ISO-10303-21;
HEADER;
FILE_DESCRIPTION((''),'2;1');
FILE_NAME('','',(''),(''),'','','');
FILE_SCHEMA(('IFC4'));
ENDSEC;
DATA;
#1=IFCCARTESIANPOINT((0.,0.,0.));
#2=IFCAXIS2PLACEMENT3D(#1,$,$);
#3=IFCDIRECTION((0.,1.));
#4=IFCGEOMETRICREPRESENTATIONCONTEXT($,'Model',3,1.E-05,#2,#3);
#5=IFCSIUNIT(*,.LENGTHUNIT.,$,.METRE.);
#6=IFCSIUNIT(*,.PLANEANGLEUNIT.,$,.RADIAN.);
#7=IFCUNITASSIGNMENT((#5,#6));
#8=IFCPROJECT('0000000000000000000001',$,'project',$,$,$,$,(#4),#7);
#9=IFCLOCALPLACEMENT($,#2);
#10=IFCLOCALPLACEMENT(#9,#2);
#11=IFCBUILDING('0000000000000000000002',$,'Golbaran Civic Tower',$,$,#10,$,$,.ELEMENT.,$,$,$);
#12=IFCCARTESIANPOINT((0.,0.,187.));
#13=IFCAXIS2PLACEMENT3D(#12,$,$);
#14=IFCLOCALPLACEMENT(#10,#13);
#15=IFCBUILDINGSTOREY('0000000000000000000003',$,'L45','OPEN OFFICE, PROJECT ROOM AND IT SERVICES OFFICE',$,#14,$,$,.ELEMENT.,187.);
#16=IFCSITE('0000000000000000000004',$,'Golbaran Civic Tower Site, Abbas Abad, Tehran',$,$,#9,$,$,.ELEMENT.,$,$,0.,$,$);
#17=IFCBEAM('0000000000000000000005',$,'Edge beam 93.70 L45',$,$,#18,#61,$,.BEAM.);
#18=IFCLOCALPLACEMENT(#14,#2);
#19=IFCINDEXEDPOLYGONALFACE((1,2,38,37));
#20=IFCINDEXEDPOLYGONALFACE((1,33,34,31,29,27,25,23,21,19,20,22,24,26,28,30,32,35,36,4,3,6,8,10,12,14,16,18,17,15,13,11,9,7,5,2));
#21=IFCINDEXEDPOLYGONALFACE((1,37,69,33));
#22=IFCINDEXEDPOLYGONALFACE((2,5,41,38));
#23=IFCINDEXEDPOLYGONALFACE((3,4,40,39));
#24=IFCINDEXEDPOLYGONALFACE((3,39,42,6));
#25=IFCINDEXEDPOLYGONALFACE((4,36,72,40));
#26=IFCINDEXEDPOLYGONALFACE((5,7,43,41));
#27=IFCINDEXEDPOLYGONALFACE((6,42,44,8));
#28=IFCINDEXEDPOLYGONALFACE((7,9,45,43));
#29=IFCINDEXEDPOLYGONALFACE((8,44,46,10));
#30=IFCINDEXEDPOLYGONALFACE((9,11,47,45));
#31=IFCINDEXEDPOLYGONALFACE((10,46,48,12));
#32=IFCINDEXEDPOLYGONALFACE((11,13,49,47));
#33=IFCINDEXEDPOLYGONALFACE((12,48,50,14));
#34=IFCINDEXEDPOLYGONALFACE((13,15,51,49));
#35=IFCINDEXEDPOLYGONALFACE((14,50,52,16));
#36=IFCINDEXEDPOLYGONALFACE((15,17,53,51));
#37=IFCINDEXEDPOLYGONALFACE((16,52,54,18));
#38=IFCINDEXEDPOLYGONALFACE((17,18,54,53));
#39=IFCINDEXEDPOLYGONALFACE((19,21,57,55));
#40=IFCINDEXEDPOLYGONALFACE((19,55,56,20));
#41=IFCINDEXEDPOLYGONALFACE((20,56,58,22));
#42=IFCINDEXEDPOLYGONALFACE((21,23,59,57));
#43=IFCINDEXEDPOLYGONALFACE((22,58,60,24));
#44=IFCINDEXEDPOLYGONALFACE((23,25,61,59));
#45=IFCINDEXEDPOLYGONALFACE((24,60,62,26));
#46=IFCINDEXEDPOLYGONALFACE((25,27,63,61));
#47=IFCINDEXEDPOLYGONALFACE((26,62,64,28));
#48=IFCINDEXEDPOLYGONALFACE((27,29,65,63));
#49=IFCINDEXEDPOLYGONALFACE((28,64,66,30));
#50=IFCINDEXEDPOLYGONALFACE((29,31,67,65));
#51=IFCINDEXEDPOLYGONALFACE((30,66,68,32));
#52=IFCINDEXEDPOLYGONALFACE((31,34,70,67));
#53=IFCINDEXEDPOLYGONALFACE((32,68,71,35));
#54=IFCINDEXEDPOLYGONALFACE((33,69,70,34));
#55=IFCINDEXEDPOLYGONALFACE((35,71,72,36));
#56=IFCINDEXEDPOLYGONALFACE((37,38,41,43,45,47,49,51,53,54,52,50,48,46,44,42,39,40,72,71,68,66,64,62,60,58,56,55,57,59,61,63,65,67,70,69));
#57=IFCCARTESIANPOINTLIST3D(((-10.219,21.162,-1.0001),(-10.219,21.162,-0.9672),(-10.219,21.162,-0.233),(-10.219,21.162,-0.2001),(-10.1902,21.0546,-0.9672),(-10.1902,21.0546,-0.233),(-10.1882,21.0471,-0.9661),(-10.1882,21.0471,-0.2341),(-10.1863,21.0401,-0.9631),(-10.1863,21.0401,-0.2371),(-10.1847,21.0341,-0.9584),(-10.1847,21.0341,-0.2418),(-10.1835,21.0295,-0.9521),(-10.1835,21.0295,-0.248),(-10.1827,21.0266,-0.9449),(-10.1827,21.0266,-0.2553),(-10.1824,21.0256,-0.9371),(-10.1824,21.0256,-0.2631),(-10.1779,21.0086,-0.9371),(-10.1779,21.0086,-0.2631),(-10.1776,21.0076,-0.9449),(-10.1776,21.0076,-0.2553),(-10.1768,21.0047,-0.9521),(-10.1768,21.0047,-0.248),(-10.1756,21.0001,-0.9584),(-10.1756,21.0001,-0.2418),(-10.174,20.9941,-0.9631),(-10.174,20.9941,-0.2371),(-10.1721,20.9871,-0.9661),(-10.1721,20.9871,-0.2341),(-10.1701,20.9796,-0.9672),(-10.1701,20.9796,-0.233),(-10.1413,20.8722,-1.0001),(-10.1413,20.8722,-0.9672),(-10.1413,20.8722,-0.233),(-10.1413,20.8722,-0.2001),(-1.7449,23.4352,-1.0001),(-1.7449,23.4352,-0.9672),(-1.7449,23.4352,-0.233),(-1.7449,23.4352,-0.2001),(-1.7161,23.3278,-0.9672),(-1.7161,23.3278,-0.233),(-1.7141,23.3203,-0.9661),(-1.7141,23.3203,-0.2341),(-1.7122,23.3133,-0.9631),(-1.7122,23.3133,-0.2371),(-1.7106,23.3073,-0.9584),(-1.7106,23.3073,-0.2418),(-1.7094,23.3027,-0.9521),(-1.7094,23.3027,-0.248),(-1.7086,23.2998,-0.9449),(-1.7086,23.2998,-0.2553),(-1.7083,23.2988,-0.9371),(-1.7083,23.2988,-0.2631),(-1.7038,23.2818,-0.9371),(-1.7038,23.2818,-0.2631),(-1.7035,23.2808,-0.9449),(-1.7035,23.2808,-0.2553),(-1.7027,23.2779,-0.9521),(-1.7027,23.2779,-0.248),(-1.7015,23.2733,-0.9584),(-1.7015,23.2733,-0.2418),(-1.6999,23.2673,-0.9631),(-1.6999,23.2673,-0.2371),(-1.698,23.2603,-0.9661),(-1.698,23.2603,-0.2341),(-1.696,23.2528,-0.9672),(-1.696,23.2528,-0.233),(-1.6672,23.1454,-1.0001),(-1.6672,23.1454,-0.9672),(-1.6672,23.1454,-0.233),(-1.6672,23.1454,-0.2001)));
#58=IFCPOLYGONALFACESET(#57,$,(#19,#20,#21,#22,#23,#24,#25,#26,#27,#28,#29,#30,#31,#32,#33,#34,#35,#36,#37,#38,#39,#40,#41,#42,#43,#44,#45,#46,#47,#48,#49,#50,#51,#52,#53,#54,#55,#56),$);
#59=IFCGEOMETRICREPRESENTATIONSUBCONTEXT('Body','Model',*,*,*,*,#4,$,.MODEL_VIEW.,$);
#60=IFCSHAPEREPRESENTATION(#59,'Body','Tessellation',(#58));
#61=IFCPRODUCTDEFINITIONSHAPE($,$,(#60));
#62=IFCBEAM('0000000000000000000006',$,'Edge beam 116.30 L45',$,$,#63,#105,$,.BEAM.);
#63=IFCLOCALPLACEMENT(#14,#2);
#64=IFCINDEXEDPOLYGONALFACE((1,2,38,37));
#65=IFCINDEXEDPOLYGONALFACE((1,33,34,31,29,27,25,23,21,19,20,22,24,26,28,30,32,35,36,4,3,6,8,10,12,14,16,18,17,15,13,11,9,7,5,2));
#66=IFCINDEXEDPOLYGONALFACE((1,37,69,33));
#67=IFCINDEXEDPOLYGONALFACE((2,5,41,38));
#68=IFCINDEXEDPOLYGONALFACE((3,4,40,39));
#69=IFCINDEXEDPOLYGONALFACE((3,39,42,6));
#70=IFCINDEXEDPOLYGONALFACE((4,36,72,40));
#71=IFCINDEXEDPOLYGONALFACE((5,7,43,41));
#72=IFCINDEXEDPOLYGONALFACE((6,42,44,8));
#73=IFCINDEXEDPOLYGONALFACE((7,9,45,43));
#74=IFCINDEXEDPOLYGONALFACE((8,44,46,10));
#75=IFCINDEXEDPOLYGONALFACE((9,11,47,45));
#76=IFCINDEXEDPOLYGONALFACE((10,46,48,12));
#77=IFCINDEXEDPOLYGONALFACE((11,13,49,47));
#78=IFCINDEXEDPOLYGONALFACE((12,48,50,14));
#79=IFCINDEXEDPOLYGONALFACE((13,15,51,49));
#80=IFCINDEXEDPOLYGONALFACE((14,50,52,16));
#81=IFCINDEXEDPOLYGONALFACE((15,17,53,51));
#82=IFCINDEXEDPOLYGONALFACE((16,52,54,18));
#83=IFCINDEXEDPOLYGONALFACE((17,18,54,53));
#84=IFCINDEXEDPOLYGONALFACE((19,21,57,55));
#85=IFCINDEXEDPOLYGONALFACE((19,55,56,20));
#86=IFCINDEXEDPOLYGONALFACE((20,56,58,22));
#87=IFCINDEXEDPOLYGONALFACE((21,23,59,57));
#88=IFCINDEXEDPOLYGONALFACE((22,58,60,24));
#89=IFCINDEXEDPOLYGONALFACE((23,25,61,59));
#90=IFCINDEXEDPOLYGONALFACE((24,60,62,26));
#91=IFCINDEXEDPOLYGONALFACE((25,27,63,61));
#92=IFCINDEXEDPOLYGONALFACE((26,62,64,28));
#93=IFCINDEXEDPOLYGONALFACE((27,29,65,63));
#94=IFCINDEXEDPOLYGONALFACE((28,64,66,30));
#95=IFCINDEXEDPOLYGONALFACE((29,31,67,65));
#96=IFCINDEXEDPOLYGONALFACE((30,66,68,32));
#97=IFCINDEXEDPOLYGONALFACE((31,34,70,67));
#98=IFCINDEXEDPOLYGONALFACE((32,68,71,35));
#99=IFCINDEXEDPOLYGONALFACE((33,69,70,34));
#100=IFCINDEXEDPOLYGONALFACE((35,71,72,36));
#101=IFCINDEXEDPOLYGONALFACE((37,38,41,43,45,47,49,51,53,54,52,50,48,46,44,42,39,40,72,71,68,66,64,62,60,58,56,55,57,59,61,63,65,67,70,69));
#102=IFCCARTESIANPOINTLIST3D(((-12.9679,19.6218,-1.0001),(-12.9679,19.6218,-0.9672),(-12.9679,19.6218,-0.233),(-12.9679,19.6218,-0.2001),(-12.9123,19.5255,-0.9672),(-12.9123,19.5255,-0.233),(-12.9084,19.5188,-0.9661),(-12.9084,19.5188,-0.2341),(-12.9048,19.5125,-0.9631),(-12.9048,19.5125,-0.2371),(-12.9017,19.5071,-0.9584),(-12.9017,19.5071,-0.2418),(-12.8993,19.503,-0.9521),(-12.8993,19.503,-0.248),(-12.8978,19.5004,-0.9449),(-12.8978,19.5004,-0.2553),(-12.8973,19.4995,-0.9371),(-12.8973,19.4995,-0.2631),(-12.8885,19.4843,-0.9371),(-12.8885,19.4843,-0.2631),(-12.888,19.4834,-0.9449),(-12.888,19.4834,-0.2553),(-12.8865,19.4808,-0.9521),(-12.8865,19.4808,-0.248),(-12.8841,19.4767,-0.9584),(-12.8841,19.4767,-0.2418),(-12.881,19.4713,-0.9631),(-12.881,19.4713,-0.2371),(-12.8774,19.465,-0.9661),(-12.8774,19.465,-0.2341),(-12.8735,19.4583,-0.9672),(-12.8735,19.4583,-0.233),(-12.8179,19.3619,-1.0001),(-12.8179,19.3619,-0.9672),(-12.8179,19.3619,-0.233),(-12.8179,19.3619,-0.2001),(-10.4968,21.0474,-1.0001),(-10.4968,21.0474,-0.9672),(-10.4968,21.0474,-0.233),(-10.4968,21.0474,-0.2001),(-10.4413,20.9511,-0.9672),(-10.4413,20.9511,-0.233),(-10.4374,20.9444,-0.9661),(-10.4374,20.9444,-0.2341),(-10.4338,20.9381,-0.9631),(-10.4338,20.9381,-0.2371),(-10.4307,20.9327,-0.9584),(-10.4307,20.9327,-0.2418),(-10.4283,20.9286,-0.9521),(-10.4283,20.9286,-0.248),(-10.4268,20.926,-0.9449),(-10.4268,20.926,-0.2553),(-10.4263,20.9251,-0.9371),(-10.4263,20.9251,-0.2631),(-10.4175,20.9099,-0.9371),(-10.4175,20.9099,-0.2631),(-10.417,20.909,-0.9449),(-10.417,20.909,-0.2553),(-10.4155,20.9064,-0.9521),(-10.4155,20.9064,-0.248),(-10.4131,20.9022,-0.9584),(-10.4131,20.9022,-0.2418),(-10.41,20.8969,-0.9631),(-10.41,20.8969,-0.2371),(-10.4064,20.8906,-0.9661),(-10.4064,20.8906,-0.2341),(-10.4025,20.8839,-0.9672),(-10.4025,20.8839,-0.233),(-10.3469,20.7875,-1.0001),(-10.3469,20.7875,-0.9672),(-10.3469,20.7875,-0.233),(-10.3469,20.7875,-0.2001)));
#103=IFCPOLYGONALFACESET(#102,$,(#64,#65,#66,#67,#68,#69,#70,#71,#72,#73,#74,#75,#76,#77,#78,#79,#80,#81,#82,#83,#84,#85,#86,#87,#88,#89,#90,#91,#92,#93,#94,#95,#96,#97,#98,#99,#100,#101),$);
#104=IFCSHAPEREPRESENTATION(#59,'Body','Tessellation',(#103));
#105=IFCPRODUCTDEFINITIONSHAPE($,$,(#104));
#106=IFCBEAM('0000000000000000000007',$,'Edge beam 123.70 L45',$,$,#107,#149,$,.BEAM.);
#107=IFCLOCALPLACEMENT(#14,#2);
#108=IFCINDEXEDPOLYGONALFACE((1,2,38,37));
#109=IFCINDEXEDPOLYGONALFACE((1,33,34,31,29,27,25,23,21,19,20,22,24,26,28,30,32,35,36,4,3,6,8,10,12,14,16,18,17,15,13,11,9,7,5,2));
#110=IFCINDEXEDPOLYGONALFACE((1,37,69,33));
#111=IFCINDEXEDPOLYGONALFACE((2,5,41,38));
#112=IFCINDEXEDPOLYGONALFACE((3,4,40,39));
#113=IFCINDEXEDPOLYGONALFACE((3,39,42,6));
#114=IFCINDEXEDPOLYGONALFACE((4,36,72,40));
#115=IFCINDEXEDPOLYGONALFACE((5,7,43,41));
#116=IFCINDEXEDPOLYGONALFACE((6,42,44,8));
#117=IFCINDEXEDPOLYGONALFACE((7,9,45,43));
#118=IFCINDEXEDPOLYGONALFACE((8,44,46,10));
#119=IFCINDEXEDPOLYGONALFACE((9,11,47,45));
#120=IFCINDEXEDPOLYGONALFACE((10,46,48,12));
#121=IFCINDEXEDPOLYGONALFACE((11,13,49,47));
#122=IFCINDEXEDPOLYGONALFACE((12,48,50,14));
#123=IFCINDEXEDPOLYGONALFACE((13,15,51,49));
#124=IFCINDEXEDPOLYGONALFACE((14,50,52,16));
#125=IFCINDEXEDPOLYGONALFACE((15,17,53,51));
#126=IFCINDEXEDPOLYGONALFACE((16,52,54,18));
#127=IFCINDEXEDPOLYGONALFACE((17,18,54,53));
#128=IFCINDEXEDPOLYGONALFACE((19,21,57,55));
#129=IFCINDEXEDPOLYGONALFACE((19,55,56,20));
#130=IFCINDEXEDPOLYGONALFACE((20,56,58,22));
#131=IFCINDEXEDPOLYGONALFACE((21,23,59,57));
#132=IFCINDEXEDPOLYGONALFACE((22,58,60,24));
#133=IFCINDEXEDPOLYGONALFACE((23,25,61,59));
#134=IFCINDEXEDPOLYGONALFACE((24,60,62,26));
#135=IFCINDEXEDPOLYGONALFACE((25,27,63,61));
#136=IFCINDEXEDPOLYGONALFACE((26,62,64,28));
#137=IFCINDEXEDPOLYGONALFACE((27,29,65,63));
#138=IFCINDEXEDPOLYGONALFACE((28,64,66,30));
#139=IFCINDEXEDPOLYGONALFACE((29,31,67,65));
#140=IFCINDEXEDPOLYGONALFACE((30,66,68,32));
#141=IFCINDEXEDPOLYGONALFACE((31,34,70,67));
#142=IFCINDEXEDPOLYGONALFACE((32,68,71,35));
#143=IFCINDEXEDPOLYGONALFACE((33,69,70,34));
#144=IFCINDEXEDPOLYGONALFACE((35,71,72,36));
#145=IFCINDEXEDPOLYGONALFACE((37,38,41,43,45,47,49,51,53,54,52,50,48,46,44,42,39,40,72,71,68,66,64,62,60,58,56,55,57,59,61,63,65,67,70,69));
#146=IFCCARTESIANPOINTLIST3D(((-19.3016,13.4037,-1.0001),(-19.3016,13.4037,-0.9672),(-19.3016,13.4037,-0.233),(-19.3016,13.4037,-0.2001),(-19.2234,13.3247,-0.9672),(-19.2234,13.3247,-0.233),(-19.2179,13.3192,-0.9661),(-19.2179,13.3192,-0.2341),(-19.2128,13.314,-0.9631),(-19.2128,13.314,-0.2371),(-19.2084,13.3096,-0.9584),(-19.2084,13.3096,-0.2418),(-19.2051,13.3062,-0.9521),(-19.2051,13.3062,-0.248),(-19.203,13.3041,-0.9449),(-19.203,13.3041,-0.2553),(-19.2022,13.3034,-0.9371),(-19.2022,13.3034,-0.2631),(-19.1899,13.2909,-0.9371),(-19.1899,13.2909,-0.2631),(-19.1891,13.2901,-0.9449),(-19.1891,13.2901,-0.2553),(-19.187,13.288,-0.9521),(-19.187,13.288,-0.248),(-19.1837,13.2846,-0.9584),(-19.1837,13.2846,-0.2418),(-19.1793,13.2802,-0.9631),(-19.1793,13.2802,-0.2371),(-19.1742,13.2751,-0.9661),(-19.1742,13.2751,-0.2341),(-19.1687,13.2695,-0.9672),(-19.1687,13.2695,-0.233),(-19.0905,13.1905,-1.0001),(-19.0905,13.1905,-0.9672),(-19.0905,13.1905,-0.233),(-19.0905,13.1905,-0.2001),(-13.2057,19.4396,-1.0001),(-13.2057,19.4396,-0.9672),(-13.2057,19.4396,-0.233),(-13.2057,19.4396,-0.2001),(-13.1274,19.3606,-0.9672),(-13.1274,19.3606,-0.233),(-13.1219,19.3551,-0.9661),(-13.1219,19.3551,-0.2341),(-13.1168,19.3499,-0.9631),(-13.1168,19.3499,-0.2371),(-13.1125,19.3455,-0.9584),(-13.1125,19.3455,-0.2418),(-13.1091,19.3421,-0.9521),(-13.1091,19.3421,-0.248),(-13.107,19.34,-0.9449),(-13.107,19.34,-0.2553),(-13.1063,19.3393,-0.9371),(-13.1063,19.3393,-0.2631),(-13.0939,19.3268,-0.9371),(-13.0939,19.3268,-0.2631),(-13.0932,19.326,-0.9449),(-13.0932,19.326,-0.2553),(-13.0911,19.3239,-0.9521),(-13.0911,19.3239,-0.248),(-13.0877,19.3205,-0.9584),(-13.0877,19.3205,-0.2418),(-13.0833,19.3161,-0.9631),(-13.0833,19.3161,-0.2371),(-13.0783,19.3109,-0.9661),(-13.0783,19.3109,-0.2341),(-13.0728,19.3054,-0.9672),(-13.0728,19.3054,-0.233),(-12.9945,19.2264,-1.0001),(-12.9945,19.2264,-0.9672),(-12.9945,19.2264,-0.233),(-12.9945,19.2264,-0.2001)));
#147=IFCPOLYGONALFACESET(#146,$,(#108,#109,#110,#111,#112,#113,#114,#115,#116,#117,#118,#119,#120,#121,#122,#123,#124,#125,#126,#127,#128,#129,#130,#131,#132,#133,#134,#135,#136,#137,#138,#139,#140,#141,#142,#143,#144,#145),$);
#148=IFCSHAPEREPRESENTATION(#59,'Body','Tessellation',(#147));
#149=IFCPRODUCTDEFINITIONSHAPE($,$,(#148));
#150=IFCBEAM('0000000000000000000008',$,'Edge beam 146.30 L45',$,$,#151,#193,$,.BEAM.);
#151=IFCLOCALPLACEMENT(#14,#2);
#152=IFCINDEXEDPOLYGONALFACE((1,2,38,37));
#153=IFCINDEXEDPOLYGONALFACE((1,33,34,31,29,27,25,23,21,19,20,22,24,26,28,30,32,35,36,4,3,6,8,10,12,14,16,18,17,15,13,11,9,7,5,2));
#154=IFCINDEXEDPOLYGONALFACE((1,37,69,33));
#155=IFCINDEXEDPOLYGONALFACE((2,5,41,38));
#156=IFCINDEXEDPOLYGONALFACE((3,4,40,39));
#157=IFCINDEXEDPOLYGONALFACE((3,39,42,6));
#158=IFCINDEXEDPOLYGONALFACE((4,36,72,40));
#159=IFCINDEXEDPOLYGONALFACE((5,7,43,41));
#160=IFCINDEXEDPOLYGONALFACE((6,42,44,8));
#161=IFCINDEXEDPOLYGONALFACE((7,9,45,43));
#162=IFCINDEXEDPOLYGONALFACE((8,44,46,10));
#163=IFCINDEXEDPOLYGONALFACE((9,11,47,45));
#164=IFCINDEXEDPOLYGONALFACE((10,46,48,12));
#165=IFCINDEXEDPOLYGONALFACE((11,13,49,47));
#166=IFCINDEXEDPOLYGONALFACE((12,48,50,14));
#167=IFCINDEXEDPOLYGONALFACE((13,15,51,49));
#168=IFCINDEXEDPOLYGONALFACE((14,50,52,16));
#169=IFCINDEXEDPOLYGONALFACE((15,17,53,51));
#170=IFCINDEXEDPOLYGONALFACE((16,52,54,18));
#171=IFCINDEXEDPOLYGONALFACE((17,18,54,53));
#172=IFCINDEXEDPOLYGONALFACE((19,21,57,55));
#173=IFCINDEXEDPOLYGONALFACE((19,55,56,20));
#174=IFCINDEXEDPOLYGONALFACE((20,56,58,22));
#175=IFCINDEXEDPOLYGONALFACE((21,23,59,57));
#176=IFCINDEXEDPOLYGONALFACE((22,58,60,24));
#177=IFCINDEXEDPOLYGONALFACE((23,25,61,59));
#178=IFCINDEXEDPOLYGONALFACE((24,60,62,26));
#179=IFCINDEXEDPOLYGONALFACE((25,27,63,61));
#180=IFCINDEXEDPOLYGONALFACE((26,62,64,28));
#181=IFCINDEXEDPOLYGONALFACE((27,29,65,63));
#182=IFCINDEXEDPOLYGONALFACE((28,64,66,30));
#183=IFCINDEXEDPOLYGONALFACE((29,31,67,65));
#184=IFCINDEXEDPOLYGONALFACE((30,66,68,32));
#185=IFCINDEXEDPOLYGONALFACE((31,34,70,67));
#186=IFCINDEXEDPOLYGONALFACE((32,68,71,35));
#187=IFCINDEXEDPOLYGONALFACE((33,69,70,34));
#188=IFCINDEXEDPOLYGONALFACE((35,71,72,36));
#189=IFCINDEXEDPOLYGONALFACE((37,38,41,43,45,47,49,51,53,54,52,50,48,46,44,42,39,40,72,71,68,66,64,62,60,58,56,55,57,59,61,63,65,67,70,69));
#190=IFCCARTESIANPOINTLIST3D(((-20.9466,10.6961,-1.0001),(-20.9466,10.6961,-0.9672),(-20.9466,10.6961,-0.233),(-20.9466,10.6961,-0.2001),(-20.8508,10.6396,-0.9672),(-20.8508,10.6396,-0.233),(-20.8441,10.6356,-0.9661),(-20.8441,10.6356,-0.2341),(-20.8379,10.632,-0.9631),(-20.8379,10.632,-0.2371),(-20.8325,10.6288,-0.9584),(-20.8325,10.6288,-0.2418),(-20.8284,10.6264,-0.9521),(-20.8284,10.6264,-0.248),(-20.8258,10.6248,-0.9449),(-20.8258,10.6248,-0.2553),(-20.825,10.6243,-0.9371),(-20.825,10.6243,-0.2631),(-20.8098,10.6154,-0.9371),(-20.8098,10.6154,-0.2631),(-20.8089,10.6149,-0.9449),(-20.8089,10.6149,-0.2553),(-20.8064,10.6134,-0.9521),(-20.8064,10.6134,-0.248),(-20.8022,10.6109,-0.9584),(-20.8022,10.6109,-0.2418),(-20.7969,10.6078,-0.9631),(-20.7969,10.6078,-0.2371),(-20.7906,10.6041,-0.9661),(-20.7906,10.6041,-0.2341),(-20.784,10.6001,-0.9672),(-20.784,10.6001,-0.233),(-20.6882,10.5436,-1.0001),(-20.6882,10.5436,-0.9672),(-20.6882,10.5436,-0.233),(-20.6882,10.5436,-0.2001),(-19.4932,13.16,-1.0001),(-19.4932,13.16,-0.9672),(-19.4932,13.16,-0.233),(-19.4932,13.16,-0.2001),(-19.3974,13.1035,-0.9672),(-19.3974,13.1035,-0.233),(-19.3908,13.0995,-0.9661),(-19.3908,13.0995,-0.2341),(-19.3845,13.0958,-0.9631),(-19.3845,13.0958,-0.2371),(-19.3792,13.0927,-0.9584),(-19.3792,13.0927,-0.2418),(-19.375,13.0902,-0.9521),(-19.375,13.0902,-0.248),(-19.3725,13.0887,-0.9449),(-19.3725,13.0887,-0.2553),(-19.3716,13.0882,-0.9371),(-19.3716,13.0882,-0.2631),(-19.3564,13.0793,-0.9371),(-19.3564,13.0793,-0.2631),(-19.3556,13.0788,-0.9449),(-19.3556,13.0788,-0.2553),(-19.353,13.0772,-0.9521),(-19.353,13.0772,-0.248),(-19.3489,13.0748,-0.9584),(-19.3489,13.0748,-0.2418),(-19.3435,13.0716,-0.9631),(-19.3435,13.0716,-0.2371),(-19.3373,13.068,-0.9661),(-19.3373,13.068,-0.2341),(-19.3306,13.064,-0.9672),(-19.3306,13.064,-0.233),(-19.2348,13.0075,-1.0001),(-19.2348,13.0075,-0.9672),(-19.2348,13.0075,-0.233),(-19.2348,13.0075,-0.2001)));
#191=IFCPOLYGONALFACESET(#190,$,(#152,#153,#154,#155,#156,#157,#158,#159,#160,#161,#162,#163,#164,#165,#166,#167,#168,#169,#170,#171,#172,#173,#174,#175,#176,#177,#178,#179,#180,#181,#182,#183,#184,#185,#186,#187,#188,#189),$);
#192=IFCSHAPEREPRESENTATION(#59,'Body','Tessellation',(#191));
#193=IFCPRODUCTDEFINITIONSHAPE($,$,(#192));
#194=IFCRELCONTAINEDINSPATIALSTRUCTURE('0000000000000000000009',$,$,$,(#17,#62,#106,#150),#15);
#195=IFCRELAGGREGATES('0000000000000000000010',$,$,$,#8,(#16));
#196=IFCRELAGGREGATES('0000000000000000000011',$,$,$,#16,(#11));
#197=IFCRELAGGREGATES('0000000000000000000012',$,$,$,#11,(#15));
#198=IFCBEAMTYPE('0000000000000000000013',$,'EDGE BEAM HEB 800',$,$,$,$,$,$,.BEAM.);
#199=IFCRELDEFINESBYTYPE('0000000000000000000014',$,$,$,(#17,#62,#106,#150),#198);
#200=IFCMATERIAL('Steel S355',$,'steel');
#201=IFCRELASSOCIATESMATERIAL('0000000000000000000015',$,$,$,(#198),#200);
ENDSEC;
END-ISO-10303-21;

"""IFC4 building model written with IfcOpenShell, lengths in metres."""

from ifc_helpers import new_model, si_unit, direction, frame, origin, origin_2d, place, context, subcontext, project, spatial, i_section, extrude, material, material_profile, profile_set, type_object, element, save


model = new_model("IFC4")

# Units and contexts
model_context = context("Model", 3, precision=1e-05, world=origin(), true_north=direction((0.0, 1.0)))
body_context = subcontext(model_context, "Body", "Model", "MODEL_VIEW")
ifc_project = project(units=[si_unit("LENGTHUNIT", "METRE"), si_unit("PLANEANGLEUNIT", "RADIAN")], contexts=[model_context])

# Site, building, storey
site_placement = place(None, origin())
site = spatial("IfcSite", under=ifc_project, at=site_placement, Name="Golbaran Civic Tower Site, Abbas Abad, Tehran", CompositionType="ELEMENT", RefElevation=0.0)
building_placement = place(site_placement, origin())
building = spatial("IfcBuilding", under=site, at=building_placement, Name="Golbaran Civic Tower", CompositionType="ELEMENT")
storey_placement = place(building_placement, frame((0.0, 0.0, 187.0)))
storey = spatial("IfcBuildingStorey", under=building, at=storey_placement, Name="L45", Description="OPEN OFFICE, PROJECT ROOM AND IT SERVICES OFFICE", CompositionType="ELEMENT", Elevation=187.0)

# Beams
ifc_material_1 = material(Name="Steel S355", Category="steel")
ifc_material_profile_1 = material_profile(ifc_material_1, i_section(OverallWidth=0.3, OverallDepth=0.8, WebThickness=0.0176, FlangeThickness=0.033, FilletRadius=0.03, at=origin_2d()), Name="HEB 800")
ifc_profile_set_1 = profile_set([ifc_material_profile_1], Name="Steel S355")
beam_type_1 = type_object("IfcBeamType", Name="EDGE BEAM HEB 800", PredefinedType="BEAM", material=ifc_profile_set_1)
beam_1_placement = place(storey_placement, frame((-1.7061, 23.2903, -0.6001), z_axis=(-0.965853, -0.259091, 0.0), x_axis=(0.259091, -0.965853, 0.0)))
element("IfcBeam", 1, at=beam_1_placement, inside=storey, type_object=beam_type_1, Name="Edge beam 93.70 L45", PredefinedType="BEAM", context=body_context, shape_type="SweptSolid", body=[
    extrude(i_section(OverallWidth=0.3, OverallDepth=0.8, WebThickness=0.0176, FlangeThickness=0.033, FilletRadius=0.03, at=origin_2d()), origin(), (0.0, 0.0, 1.0), 8.7737),
])
beam_2_placement = place(storey_placement, frame((-10.4219, 20.9175, -0.6001), z_axis=(-0.866187, -0.49972, 0.0), x_axis=(0.49972, -0.866187, 0.0)))
element("IfcBeam", 2, at=beam_2_placement, inside=storey, type_object=beam_type_1, Name="Edge beam 116.30 L45", PredefinedType="BEAM", context=body_context, shape_type="SweptSolid", body=[
    extrude(i_section(OverallWidth=0.3, OverallDepth=0.8, WebThickness=0.0176, FlangeThickness=0.033, FilletRadius=0.03, at=origin_2d()), origin(), (0.0, 0.0, 1.0), 2.8528),
])
beam_3_placement = place(storey_placement, frame((-13.1001, 19.333, -0.6001), z_axis=(-0.710599, -0.703598, 0.0), x_axis=(0.703598, -0.710599, 0.0)))
element("IfcBeam", 3, at=beam_3_placement, inside=storey, type_object=beam_type_1, Name="Edge beam 123.70 L45", PredefinedType="BEAM", context=body_context, shape_type="SweptSolid", body=[
    extrude(i_section(OverallWidth=0.3, OverallDepth=0.8, WebThickness=0.0176, FlangeThickness=0.033, FilletRadius=0.03, at=origin_2d()), origin(), (0.0, 0.0, 1.0), 8.5786),
])
beam_4_placement = place(storey_placement, frame((-19.364, 13.0837, -0.6001), z_axis=(-0.508068, -0.861317, 0.0), x_axis=(0.861317, -0.508068, 0.0)))
element("IfcBeam", 4, at=beam_4_placement, inside=storey, type_object=beam_type_1, Name="Edge beam 146.30 L45", PredefinedType="BEAM", context=body_context, shape_type="SweptSolid", body=[
    extrude(i_section(OverallWidth=0.3, OverallDepth=0.8, WebThickness=0.0176, FlangeThickness=0.033, FilletRadius=0.03, at=origin_2d()), origin(), (0.0, 0.0, 1.0), 2.8606),
])

save(model, "model.ifc")
